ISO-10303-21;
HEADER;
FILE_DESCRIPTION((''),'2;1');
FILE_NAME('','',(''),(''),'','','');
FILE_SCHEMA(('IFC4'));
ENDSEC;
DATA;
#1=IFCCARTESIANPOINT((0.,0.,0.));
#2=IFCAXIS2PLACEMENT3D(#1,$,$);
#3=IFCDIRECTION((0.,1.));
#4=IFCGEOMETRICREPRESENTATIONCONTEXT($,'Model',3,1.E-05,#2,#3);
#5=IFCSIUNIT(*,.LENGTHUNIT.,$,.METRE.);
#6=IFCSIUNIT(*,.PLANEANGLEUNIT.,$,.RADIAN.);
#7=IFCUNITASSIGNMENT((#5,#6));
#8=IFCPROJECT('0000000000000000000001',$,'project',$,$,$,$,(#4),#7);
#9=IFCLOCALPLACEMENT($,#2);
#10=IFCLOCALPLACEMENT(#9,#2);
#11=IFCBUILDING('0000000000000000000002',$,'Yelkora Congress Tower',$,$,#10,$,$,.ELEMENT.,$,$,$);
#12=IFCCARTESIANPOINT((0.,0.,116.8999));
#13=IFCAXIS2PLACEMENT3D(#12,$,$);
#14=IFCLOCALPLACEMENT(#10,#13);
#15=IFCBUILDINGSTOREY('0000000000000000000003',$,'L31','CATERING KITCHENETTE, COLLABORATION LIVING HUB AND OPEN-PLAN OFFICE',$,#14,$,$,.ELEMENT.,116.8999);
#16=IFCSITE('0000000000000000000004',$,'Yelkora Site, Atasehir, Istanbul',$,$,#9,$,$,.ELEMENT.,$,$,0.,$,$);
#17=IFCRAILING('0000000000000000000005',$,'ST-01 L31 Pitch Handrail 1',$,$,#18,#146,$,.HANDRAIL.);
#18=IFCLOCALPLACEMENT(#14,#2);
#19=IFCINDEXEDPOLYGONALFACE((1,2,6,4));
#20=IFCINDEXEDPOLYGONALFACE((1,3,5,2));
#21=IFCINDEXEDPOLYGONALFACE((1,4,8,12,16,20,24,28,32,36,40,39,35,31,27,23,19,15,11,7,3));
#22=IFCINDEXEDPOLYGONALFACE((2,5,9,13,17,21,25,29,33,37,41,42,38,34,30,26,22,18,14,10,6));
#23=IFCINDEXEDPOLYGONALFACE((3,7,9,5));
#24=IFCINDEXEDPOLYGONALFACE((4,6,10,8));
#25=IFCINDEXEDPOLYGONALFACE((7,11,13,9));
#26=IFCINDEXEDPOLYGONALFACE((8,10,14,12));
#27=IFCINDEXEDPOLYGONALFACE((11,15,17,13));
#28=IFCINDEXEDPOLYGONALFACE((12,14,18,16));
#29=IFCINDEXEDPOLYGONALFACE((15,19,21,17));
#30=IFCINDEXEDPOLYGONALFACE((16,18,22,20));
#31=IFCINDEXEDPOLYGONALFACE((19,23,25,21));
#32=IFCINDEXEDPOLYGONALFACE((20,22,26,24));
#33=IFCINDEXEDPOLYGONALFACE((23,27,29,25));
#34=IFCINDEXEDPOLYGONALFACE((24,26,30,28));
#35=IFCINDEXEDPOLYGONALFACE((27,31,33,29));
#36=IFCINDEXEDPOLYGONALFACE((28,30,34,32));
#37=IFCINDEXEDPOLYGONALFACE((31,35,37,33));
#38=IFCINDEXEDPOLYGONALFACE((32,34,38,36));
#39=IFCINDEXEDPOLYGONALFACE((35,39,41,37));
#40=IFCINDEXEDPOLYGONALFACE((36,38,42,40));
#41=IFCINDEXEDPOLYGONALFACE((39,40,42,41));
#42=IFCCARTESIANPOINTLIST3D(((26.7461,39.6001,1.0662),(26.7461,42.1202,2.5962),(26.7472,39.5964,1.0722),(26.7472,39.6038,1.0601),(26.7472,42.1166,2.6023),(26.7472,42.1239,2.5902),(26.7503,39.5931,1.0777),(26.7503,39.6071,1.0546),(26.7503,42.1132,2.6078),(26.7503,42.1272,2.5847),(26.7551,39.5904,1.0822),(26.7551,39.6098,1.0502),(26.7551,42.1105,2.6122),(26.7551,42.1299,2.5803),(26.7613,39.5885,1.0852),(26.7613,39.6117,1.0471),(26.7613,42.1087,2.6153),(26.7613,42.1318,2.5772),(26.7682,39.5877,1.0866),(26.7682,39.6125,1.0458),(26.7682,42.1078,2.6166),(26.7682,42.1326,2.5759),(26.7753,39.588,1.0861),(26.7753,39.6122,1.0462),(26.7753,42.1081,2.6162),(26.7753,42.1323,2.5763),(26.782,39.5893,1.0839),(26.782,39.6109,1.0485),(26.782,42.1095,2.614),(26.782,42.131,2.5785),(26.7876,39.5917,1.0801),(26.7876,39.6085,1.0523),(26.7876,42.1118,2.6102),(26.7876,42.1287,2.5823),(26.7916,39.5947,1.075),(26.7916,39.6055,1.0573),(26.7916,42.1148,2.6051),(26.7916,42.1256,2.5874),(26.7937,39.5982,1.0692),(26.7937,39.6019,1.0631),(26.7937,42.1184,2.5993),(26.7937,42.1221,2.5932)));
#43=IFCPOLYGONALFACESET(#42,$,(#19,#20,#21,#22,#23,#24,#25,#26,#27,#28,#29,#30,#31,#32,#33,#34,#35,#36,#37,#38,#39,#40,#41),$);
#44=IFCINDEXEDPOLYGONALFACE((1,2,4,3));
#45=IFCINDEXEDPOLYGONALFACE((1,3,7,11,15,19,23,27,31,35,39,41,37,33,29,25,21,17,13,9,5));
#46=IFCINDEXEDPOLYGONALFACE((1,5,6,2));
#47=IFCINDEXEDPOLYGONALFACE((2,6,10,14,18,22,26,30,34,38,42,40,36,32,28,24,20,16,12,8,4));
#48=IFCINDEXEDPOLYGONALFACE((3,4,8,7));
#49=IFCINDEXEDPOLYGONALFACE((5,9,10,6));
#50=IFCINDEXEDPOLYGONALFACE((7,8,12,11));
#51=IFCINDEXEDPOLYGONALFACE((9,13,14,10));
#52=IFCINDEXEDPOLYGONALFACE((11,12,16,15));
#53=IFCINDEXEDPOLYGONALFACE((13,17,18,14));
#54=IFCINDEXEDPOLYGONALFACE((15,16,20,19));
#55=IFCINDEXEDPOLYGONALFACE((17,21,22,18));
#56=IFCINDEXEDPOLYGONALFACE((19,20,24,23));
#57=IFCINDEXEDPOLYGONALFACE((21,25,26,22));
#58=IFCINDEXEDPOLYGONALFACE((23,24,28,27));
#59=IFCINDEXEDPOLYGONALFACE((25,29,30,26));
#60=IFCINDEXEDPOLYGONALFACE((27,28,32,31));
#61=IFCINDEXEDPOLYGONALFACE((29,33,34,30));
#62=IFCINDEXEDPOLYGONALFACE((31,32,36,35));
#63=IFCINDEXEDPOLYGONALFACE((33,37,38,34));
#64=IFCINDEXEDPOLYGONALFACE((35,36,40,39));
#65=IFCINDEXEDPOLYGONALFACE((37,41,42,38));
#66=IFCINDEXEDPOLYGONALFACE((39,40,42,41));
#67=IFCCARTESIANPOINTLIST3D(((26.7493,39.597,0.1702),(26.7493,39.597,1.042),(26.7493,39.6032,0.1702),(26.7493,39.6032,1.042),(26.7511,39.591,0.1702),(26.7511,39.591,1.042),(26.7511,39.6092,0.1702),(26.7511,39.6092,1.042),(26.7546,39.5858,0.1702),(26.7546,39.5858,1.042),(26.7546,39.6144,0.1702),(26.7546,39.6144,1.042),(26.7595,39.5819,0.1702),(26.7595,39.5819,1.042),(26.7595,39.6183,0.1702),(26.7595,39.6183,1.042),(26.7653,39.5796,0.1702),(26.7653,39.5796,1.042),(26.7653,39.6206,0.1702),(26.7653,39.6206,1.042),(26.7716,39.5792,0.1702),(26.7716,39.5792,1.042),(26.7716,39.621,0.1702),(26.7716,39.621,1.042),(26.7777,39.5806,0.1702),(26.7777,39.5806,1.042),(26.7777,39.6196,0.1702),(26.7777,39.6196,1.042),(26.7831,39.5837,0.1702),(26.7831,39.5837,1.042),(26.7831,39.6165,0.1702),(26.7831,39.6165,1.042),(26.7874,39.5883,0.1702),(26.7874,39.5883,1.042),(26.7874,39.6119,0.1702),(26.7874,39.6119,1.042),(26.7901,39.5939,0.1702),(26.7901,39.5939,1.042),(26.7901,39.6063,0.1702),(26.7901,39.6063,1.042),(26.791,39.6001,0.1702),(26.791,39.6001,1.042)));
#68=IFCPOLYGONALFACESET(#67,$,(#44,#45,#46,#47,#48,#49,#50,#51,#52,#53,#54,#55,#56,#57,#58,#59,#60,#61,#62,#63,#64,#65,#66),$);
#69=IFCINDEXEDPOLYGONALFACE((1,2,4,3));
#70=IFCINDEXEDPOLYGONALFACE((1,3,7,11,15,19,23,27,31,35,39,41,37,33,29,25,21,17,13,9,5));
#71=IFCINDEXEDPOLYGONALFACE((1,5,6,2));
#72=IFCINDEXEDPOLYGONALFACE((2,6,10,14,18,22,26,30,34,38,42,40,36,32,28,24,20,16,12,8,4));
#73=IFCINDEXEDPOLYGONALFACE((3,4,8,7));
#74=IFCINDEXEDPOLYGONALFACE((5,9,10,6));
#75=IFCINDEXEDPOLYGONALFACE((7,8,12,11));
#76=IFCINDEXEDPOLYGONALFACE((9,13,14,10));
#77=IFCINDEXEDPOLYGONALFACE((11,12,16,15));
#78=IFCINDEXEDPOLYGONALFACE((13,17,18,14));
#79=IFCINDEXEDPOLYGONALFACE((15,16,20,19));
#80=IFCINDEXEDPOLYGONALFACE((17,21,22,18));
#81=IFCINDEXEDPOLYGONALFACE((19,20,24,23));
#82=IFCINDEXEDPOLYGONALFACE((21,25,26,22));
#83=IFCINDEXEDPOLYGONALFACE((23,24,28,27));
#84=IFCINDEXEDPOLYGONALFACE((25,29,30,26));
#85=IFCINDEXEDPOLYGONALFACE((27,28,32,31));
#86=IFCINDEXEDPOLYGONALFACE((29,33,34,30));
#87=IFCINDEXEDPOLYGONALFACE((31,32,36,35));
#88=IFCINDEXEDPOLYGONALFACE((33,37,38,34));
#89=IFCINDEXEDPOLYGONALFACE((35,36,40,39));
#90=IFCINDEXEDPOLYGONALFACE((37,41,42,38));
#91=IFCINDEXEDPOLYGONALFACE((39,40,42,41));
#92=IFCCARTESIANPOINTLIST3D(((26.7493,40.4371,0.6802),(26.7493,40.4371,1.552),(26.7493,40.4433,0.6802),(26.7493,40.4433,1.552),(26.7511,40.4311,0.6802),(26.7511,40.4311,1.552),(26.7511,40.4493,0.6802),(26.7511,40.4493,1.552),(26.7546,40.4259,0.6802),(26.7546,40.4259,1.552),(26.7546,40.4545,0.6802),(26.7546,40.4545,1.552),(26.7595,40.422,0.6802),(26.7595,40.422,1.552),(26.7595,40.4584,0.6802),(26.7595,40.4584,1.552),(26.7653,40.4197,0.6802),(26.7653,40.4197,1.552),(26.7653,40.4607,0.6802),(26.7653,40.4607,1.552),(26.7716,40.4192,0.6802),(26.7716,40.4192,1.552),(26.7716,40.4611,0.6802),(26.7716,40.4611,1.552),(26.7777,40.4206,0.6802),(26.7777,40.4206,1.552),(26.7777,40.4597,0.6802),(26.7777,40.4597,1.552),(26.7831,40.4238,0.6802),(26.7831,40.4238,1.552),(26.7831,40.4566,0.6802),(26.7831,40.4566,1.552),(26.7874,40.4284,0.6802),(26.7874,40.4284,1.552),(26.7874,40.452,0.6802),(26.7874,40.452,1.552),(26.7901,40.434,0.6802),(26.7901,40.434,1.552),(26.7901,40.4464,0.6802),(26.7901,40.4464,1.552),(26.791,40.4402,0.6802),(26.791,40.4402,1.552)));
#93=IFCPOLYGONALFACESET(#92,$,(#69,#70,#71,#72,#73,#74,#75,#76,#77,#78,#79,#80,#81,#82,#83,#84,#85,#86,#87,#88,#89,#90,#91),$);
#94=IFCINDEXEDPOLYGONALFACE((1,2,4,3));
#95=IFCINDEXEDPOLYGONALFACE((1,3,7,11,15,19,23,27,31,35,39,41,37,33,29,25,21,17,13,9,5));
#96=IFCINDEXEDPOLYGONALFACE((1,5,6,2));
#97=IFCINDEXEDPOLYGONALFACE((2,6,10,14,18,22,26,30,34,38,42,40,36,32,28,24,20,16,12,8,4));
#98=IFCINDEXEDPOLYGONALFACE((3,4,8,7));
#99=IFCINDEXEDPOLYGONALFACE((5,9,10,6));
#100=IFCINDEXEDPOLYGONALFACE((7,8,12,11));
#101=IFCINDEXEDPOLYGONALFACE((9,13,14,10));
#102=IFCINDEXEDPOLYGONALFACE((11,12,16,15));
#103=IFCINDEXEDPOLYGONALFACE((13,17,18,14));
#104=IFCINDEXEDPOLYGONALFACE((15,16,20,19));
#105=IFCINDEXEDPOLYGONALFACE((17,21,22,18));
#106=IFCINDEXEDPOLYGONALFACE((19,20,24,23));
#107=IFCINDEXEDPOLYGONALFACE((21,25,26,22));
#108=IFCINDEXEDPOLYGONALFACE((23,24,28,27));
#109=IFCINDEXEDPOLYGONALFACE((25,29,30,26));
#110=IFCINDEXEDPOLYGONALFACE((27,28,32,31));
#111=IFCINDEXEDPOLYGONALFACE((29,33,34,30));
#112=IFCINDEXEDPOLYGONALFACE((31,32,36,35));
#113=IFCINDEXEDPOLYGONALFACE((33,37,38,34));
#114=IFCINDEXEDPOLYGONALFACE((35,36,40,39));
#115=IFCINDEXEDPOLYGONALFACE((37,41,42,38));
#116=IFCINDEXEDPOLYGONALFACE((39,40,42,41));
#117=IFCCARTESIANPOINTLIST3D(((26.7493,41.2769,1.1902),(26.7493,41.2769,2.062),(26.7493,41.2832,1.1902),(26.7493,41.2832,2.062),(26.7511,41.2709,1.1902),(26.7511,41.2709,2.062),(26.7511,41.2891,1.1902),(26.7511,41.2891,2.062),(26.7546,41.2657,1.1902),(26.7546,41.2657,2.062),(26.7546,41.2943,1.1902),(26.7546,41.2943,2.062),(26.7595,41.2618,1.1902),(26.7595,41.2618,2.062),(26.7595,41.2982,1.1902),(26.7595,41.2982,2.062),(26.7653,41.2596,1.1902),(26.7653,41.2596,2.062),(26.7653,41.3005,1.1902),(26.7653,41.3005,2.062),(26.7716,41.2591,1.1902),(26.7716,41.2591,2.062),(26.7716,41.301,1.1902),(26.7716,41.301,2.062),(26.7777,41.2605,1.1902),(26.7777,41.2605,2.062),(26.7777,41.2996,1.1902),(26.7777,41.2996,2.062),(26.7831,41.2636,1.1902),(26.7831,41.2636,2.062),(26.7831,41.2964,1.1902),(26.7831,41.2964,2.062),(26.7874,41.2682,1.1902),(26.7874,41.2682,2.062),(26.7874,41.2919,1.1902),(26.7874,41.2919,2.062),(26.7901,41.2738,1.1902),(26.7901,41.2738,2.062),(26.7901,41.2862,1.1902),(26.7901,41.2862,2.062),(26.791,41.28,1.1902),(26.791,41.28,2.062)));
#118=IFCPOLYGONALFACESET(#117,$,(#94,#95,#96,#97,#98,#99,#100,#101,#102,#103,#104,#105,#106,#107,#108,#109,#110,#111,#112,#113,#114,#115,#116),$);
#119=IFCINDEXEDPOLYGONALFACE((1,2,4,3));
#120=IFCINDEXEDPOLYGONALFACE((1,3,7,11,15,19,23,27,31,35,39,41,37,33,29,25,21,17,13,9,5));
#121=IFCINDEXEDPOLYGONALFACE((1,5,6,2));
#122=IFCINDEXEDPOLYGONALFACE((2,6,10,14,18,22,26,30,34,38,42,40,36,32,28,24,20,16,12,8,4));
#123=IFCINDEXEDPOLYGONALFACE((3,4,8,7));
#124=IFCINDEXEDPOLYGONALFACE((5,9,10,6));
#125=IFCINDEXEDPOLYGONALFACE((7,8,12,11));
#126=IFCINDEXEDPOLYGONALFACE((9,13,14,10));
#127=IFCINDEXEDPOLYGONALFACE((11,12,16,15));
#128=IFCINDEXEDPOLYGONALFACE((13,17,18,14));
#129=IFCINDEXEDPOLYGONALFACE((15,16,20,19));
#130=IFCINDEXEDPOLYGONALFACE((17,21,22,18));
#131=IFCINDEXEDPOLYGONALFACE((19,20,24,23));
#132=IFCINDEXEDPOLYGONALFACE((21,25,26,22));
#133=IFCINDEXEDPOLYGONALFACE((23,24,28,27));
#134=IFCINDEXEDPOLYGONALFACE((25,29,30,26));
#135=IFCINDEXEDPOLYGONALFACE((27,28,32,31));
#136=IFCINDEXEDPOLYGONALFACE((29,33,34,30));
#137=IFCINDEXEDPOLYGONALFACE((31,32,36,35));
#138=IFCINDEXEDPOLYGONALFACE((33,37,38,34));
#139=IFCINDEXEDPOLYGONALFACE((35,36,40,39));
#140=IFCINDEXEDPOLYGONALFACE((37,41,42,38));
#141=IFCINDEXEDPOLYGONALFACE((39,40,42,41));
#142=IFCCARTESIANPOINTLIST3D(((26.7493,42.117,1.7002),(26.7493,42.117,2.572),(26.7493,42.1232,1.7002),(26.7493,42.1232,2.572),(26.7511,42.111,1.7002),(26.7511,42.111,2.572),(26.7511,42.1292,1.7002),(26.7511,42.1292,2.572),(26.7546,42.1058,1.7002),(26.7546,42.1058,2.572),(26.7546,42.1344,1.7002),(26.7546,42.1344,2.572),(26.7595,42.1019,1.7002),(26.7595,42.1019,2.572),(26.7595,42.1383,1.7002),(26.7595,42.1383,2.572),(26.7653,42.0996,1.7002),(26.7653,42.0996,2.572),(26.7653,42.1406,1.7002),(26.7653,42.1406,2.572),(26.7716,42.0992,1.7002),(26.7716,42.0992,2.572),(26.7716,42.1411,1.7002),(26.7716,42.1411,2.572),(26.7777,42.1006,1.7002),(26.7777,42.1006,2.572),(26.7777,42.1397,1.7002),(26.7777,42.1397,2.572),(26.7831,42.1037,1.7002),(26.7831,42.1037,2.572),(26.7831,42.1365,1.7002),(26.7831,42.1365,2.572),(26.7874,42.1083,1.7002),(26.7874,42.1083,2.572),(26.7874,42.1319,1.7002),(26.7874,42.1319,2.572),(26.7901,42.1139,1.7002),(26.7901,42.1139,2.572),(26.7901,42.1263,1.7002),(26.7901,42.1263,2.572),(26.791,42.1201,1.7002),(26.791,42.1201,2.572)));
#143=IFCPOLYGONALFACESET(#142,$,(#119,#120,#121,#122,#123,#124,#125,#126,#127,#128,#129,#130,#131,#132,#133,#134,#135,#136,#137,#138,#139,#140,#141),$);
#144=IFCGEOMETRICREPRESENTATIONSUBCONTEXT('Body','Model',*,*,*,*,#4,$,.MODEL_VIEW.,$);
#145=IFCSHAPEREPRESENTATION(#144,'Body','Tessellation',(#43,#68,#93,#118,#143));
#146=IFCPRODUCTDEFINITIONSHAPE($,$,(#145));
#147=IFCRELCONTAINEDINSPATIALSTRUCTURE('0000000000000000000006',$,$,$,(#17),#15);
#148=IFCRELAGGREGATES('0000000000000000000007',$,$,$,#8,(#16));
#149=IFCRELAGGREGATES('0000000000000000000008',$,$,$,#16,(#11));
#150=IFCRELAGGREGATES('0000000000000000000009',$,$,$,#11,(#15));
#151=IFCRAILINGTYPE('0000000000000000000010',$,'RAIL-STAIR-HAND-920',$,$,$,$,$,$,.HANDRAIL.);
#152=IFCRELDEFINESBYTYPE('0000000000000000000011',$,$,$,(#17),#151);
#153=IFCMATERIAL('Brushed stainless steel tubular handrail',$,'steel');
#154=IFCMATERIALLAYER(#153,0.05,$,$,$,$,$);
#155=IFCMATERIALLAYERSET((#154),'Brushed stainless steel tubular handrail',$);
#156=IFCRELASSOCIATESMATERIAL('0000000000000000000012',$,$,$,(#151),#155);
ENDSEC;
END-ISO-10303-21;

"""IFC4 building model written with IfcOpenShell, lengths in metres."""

from ifc_helpers import new_model, si_unit, direction, frame, origin, origin_2d, place, context, subcontext, project, spatial, circle, extrude, material, layer, layer_set, type_object, element, save


model = new_model("IFC4")

# Units and contexts
model_context = context("Model", 3, precision=1e-05, world=origin(), true_north=direction((0.0, 1.0)))
body_context = subcontext(model_context, "Body", "Model", "MODEL_VIEW")
ifc_project = project(units=[si_unit("LENGTHUNIT", "METRE"), si_unit("PLANEANGLEUNIT", "RADIAN")], contexts=[model_context])

# Site, building, storey
site_placement = place(None, origin())
site = spatial("IfcSite", under=ifc_project, at=site_placement, Name="Yelkora Site, Atasehir, Istanbul", CompositionType="ELEMENT", RefElevation=0.0)
building_placement = place(site_placement, origin())
building = spatial("IfcBuilding", under=site, at=building_placement, Name="Yelkora Congress Tower", CompositionType="ELEMENT")
storey_placement = place(building_placement, frame((0.0, 0.0, 116.8999)))
storey = spatial("IfcBuildingStorey", under=building, at=storey_placement, Name="L31", Description="CATERING KITCHENETTE, COLLABORATION LIVING HUB AND OPEN-PLAN OFFICE", CompositionType="ELEMENT", Elevation=116.8999)

# Railing
ifc_material_1 = material(Name="Brushed stainless steel tubular handrail", Category="steel")
ifc_layer_1 = layer(ifc_material_1, 0.05)
ifc_layer_set_1 = layer_set([ifc_layer_1], Name="Brushed stainless steel tubular handrail")
railing_type_1 = type_object("IfcRailingType", Name="RAIL-STAIR-HAND-920", PredefinedType="HANDRAIL", material=ifc_layer_set_1)
railing_1_placement = place(storey_placement, frame((26.77, 39.6001, 0.1702)))
element("IfcRailing", 1, at=railing_1_placement, inside=storey, type_object=railing_type_1, Name="ST-01 L31 Pitch Handrail 1", PredefinedType="HANDRAIL", context=body_context, shape_type="SweptSolid", body=[
    extrude(circle(Radius=0.0239, at=origin_2d()), frame((0.0, 0.0, 0.896), z_axis=(0.0, 0.854785, 0.518982), x_axis=(-1.0, 0.0, 0.0)), (0.0, 0.0, 1.0), 2.9482),
    extrude(circle(Radius=0.021, at=origin_2d()), origin(), (0.0, 0.0, 1.0), 0.8718),
    extrude(circle(Radius=0.021, at=origin_2d()), frame((0.0, 0.8401, 0.51)), (0.0, 0.0, 1.0), 0.8718),
    extrude(circle(Radius=0.021, at=origin_2d()), frame((0.0, 1.6799, 1.02)), (0.0, 0.0, 1.0), 0.8718),
    extrude(circle(Radius=0.021, at=origin_2d()), frame((0.0, 2.52, 1.53)), (0.0, 0.0, 1.0), 0.8718),
])

save(model, "model.ifc")
